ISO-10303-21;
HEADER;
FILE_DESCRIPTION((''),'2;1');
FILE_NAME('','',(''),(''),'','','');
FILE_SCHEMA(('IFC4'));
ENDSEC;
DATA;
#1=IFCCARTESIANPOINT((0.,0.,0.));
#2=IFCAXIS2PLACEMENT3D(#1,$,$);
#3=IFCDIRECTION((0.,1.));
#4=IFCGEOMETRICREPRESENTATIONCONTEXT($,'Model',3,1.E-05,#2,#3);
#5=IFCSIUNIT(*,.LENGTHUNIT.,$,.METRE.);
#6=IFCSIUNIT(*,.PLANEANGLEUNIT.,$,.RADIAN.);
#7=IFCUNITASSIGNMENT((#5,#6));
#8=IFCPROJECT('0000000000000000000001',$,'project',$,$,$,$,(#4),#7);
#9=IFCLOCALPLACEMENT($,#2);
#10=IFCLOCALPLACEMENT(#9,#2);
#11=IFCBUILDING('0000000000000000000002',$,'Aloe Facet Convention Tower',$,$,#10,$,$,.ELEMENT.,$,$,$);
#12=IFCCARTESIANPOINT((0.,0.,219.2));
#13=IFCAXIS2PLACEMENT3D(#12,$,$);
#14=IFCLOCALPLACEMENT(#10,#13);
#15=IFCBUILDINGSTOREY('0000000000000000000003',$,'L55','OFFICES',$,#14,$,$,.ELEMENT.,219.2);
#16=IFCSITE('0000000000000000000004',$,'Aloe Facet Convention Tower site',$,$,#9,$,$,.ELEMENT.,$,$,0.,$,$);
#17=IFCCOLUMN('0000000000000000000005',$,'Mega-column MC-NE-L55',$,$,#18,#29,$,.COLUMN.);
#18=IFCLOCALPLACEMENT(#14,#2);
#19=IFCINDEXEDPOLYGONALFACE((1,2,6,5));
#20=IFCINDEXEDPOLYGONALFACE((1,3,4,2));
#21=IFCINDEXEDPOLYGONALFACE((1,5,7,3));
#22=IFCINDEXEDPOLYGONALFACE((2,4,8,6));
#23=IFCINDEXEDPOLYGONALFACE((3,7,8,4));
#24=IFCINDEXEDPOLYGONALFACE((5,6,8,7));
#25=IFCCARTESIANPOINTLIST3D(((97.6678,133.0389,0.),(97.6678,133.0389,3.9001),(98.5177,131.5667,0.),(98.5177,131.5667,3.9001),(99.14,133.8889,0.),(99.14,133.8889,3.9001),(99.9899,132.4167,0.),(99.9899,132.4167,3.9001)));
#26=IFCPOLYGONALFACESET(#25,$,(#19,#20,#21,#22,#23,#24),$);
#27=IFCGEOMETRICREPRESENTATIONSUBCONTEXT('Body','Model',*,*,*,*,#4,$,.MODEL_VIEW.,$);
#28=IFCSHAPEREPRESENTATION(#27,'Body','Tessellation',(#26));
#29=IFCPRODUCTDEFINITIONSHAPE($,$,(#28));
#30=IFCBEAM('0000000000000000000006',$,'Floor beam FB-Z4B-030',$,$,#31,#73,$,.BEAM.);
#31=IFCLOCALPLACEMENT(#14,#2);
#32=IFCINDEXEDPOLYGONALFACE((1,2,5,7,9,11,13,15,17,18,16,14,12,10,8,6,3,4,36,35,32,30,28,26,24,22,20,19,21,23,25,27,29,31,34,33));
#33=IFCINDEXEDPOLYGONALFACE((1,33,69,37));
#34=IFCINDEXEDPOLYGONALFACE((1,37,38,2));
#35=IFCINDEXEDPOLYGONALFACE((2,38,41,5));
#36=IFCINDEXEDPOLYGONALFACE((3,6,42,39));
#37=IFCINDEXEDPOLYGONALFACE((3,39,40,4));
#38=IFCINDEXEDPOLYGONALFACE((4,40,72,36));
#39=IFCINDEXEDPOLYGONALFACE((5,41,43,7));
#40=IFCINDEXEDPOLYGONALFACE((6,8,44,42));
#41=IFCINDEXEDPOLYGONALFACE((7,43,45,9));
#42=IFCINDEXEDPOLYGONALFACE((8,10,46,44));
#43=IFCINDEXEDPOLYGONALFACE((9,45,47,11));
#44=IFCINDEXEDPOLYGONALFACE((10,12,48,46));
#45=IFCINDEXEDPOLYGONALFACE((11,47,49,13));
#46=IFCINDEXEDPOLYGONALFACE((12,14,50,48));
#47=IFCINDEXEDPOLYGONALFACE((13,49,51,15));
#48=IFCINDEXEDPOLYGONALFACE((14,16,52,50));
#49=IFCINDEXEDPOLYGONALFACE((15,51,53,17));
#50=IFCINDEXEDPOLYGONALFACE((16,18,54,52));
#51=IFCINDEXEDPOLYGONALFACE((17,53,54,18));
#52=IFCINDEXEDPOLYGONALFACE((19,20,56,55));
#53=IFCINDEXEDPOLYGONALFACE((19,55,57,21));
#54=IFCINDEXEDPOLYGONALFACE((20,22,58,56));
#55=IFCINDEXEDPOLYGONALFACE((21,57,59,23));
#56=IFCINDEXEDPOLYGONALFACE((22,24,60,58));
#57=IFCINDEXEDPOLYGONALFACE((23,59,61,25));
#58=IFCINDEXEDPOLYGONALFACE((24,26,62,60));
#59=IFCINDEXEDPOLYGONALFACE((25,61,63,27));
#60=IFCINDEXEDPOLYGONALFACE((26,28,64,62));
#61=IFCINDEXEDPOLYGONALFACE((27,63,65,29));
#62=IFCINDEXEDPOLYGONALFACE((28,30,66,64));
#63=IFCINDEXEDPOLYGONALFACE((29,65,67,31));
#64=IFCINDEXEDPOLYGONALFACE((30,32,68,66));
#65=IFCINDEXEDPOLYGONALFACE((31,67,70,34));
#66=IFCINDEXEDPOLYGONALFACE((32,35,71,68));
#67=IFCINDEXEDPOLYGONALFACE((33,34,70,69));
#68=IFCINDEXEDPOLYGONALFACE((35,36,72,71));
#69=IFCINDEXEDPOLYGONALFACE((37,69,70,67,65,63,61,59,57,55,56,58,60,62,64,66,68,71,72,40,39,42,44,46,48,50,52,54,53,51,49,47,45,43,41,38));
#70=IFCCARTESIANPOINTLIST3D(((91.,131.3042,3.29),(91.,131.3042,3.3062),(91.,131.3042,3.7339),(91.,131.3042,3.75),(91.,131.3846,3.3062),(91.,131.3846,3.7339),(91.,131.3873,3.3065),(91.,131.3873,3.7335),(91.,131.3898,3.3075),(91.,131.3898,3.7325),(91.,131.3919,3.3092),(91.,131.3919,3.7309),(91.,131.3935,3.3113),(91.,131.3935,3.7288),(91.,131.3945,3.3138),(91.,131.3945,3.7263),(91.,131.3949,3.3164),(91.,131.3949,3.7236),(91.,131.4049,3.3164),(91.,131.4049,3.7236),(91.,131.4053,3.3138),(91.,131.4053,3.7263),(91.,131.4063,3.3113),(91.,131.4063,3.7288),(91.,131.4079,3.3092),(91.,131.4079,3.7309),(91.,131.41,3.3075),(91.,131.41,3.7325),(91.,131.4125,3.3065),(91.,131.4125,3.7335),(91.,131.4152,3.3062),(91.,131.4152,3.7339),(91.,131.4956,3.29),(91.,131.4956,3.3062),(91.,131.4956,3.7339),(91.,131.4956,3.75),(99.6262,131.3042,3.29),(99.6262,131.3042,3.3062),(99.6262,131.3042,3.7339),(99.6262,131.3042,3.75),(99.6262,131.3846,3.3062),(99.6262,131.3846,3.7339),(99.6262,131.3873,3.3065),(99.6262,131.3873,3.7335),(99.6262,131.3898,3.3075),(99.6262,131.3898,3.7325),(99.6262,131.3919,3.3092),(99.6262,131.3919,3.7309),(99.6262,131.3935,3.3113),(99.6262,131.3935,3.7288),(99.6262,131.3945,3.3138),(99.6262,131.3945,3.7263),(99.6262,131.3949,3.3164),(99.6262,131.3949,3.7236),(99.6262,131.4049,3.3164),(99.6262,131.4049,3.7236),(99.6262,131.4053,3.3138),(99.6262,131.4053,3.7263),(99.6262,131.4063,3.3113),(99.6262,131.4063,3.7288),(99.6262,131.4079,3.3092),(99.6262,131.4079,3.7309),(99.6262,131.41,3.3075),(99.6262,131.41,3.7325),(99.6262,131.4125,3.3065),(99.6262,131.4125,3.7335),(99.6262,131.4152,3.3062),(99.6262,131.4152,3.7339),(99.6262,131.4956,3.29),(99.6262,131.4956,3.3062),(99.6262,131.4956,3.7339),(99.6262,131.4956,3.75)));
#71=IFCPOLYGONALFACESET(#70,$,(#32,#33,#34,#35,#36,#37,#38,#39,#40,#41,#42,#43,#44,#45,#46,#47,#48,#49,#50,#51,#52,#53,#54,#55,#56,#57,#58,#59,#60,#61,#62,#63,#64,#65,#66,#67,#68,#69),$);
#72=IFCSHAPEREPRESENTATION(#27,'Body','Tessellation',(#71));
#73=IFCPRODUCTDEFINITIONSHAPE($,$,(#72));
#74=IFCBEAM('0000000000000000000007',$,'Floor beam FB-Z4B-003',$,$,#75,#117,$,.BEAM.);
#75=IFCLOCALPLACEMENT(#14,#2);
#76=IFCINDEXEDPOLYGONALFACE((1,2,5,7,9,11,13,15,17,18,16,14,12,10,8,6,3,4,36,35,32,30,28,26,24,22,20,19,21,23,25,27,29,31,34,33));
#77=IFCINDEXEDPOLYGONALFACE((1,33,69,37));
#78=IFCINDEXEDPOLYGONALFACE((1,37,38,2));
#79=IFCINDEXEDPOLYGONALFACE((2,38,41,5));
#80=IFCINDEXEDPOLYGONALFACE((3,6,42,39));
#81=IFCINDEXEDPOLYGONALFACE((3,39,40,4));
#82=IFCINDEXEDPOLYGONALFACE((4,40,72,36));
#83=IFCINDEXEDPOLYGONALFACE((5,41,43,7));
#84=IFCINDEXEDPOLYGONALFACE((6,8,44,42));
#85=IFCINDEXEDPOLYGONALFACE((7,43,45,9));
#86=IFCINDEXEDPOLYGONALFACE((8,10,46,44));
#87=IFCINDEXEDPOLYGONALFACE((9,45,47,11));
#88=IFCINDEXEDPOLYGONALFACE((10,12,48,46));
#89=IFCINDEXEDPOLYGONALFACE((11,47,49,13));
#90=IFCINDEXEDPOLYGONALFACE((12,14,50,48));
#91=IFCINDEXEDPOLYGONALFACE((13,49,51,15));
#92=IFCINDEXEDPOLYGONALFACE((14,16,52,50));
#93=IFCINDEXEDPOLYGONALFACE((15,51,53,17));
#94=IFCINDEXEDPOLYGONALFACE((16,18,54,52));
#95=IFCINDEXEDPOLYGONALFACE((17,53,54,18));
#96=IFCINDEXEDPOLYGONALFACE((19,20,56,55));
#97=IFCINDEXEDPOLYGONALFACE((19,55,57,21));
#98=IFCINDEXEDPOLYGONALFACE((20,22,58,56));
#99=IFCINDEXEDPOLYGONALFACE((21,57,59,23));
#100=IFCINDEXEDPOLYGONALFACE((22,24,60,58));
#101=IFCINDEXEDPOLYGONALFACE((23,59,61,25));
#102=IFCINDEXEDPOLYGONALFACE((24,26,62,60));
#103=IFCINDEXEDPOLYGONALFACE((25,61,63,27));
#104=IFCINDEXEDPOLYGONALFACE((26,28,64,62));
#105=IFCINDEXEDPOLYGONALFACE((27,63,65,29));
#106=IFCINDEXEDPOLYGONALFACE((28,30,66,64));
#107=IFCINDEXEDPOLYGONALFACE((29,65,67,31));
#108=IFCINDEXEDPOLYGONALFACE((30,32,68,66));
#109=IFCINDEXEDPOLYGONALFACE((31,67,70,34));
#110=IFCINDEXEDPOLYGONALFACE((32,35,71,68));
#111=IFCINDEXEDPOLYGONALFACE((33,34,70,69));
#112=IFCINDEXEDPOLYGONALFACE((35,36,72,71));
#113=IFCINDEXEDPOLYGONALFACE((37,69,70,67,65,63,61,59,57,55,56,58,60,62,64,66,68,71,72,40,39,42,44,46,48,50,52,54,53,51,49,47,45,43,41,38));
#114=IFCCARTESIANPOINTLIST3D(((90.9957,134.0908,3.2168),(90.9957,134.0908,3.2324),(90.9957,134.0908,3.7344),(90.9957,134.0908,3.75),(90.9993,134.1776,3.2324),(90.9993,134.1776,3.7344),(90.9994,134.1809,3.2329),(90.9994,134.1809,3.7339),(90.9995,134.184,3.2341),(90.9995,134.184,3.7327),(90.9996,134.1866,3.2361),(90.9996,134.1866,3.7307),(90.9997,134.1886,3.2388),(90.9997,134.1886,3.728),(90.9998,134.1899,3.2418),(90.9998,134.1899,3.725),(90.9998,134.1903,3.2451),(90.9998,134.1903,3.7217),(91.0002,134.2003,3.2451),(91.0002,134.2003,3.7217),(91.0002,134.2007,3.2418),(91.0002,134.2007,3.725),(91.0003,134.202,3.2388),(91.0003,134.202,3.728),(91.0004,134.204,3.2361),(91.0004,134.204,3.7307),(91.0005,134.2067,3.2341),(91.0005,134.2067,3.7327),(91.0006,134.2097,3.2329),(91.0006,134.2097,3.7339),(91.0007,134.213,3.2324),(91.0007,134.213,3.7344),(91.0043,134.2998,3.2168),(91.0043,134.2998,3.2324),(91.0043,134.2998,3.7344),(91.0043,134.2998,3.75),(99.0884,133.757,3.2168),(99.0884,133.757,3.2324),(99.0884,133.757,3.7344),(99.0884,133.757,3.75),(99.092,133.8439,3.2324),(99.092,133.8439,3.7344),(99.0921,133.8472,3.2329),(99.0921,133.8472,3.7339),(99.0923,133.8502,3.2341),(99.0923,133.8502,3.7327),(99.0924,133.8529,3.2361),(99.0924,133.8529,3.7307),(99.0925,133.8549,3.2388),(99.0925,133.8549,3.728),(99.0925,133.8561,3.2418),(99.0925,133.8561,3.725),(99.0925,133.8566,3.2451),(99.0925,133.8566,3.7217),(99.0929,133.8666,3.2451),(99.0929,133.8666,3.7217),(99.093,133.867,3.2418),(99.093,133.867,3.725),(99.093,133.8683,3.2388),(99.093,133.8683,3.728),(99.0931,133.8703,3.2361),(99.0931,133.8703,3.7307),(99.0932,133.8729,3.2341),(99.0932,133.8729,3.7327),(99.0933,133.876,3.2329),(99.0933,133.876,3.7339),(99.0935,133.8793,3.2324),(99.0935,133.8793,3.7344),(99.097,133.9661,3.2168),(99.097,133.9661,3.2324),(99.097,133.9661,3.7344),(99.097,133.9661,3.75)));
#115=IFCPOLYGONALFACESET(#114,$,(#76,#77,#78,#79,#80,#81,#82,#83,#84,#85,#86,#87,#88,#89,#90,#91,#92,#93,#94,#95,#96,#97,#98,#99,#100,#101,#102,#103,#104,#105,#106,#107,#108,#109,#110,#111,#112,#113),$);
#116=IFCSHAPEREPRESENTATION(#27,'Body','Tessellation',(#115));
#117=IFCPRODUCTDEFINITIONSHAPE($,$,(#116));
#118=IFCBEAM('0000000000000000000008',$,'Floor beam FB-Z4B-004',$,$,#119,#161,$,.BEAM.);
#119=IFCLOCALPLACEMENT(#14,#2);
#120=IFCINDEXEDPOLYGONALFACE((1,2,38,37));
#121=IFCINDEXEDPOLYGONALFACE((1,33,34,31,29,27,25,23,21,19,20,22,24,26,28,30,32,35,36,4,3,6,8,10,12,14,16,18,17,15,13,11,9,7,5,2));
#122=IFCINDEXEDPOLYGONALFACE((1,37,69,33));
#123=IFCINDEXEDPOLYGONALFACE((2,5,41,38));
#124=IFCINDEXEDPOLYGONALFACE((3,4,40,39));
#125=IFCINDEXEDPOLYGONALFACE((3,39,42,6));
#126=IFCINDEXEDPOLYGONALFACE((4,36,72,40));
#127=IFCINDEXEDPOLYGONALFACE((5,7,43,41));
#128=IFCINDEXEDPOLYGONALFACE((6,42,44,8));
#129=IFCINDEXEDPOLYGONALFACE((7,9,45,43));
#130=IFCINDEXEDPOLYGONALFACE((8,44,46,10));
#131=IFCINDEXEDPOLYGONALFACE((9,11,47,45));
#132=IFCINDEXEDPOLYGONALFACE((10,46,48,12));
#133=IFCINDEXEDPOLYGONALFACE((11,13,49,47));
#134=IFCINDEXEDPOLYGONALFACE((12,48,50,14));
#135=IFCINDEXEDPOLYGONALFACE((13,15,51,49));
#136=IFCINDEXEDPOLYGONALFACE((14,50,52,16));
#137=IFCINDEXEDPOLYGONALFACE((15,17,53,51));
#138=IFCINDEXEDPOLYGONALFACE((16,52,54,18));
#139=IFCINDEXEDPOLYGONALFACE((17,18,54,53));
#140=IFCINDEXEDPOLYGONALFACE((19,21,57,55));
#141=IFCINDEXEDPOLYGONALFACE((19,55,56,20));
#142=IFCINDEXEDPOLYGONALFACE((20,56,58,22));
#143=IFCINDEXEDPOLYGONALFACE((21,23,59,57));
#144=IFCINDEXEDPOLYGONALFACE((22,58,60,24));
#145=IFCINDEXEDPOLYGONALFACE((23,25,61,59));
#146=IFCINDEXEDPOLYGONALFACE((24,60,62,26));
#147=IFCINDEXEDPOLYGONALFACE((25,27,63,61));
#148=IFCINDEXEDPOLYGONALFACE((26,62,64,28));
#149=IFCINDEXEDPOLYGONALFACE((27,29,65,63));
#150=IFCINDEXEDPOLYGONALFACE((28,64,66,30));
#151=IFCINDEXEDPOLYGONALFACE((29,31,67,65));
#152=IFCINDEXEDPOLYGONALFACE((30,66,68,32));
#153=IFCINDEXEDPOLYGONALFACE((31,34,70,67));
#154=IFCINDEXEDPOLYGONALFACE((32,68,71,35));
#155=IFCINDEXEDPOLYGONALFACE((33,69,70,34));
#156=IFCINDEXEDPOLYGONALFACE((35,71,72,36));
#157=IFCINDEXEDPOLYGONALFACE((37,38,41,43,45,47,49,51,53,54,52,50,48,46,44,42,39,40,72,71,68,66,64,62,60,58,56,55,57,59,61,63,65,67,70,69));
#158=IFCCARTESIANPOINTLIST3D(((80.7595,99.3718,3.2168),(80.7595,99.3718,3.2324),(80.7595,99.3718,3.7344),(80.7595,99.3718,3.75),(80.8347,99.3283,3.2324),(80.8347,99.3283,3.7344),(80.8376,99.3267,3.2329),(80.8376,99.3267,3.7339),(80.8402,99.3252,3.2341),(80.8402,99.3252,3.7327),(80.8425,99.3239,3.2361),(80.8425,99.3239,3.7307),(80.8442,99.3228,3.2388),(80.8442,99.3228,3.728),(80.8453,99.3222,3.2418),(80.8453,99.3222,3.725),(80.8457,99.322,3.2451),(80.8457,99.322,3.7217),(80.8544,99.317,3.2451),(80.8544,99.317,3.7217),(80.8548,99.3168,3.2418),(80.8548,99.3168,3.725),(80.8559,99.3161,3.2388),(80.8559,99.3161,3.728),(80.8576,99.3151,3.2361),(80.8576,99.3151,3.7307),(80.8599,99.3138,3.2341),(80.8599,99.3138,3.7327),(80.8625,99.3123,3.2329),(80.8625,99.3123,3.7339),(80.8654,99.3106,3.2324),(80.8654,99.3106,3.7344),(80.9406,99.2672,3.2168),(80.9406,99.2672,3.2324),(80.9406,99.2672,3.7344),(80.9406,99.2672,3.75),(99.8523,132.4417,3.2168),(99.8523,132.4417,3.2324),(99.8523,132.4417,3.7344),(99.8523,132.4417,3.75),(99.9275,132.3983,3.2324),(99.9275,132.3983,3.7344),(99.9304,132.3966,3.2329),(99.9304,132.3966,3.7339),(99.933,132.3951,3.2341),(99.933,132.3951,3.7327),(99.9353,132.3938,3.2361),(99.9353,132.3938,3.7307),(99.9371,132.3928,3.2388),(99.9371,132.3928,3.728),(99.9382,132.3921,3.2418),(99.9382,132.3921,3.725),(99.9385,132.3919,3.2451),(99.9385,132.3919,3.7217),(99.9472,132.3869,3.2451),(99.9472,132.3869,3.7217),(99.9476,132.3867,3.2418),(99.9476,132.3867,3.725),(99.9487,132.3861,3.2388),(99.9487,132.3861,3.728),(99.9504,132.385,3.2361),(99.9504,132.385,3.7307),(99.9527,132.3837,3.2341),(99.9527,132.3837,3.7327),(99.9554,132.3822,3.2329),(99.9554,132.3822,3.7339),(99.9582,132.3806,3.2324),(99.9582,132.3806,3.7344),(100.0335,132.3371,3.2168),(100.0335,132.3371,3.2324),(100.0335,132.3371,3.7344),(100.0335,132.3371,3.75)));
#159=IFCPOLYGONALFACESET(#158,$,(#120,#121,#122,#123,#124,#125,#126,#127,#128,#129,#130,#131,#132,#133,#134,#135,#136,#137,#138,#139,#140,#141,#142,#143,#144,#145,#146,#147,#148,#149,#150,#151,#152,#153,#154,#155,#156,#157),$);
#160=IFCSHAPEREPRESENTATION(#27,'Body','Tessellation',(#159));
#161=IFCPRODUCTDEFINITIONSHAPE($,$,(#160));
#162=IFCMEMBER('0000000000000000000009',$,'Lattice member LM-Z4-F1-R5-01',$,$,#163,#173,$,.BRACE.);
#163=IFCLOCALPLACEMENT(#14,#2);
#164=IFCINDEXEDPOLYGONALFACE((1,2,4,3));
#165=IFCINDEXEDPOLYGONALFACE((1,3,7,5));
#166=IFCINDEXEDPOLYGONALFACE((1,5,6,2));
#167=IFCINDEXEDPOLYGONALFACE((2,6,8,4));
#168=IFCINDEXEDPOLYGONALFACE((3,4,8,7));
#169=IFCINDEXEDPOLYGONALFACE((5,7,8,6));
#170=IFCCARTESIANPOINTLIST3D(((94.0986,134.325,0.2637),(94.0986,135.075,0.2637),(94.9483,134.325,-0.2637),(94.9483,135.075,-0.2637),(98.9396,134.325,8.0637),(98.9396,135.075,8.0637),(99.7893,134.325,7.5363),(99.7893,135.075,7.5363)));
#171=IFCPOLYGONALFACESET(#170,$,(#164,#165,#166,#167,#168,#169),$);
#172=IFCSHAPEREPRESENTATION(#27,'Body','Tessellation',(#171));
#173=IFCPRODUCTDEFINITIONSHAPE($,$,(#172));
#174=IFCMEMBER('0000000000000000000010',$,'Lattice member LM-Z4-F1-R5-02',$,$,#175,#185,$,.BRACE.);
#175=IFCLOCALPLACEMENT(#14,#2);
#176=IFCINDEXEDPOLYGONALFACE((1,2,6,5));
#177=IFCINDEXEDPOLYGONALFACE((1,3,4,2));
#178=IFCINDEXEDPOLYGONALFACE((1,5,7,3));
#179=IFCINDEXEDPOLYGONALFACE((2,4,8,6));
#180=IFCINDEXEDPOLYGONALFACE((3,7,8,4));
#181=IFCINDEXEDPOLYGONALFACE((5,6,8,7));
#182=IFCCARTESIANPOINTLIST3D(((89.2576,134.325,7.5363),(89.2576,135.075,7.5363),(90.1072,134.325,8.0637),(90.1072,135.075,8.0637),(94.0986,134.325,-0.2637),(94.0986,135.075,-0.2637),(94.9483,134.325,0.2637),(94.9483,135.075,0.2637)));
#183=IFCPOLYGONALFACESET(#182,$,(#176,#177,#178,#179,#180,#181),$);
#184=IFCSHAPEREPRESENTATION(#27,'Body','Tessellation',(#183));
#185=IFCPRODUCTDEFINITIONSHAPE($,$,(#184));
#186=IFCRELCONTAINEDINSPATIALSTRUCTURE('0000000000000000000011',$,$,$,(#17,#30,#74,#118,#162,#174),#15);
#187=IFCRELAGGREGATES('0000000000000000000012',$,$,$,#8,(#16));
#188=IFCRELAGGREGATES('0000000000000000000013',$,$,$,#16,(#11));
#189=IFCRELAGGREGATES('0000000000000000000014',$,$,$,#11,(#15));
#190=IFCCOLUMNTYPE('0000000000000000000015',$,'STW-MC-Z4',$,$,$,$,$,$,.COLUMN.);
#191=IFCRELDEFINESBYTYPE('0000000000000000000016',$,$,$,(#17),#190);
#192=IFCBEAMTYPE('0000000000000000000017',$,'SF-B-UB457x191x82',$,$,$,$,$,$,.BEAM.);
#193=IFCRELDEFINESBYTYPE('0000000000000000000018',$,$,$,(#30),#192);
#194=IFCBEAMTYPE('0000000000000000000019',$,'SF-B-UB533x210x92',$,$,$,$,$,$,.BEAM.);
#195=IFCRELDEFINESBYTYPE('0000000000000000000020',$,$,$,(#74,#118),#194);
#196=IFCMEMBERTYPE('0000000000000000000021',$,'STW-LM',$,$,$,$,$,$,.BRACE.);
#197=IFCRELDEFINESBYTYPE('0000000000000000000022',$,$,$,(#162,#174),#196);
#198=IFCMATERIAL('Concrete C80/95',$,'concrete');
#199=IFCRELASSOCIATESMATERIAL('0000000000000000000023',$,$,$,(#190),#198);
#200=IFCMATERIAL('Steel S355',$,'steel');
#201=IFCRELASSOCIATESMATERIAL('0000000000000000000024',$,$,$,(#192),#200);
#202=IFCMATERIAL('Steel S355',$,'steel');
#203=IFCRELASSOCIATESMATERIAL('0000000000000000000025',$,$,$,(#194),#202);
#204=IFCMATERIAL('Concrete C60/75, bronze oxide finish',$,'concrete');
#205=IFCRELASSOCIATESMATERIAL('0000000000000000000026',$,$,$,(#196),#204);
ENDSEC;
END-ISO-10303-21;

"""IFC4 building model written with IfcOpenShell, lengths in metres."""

from ifc_helpers import new_model, si_unit, direction, frame, origin, origin_2d, place, context, subcontext, project, spatial, rectangle, i_section, extrude, material, material_profile, profile_set, type_object, element, save


model = new_model("IFC4")

# Units and contexts
model_context = context("Model", 3, precision=1e-05, world=origin(), true_north=direction((0.0, 1.0)))
body_context = subcontext(model_context, "Body", "Model", "MODEL_VIEW")
ifc_project = project(units=[si_unit("LENGTHUNIT", "METRE"), si_unit("PLANEANGLEUNIT", "RADIAN")], contexts=[model_context])

# Site, building, storey
site_placement = place(None, origin())
site = spatial("IfcSite", under=ifc_project, at=site_placement, Name="Aloe Facet Convention Tower site", CompositionType="ELEMENT", RefElevation=0.0)
building_placement = place(site_placement, origin())
building = spatial("IfcBuilding", under=site, at=building_placement, Name="Aloe Facet Convention Tower", CompositionType="ELEMENT")
storey_placement = place(building_placement, frame((0.0, 0.0, 219.2)))
storey = spatial("IfcBuildingStorey", under=building, at=storey_placement, Name="L55", Description="OFFICES", CompositionType="ELEMENT", Elevation=219.2)

# Column
ifc_material_1 = material(Name="Concrete C80/95", Category="concrete")
ifc_material_profile_1 = material_profile(ifc_material_1, rectangle(XDim=1.7, YDim=1.7, at=origin_2d()), Name="STW-MC-Z4")
ifc_profile_set_1 = profile_set([ifc_material_profile_1], Name="Concrete C80/95")
column_type = type_object("IfcColumnType", Name="STW-MC-Z4", PredefinedType="COLUMN", material=ifc_profile_set_1)
column_placement = place(storey_placement, frame((98.8289, 132.7278, 0.0), z_axis=(0.0, 0.0, 1.0), x_axis=(-0.5, 0.866025, 0.0)))
element("IfcColumn", 1, at=column_placement, inside=storey, type_object=column_type, Name="Mega-column MC-NE-L55", PredefinedType="COLUMN", context=body_context, shape_type="SweptSolid", body=[
    extrude(rectangle(XDim=1.7, YDim=1.7, at=origin_2d()), origin(), (0.0, 0.0, 1.0), 3.9001),
])

# Beams
ifc_material_2 = material(Name="Steel S355", Category="steel")
ifc_material_profile_2 = material_profile(ifc_material_2, i_section(OverallWidth=0.1914, OverallDepth=0.46, WebThickness=0.01, FlangeThickness=0.0161, FilletRadius=0.0103, at=origin_2d()), Name="UB 457x191x82")
ifc_profile_set_2 = profile_set([ifc_material_profile_2], Name="Steel S355")
beam_type_1 = type_object("IfcBeamType", Name="SF-B-UB457x191x82", PredefinedType="BEAM", material=ifc_profile_set_2)
beam_1_placement = place(storey_placement, frame((91.0, 131.3999, 3.52), z_axis=(1.0, 0.0, 0.0), x_axis=(0.0, 1.0, 0.0)))
element("IfcBeam", 2, at=beam_1_placement, inside=storey, type_object=beam_type_1, Name="Floor beam FB-Z4B-030", PredefinedType="BEAM", context=body_context, shape_type="SweptSolid", body=[
    extrude(i_section(OverallWidth=0.1914, OverallDepth=0.46, WebThickness=0.01, FlangeThickness=0.0161, FilletRadius=0.0103, at=origin_2d()), origin(), (0.0, 0.0, 1.0), 8.6262),
])
ifc_material_3 = material(Name="Steel S355", Category="steel")
ifc_material_profile_3 = material_profile(ifc_material_3, i_section(OverallWidth=0.2092, OverallDepth=0.5332, WebThickness=0.01, FlangeThickness=0.0156, FilletRadius=0.0127, at=origin_2d()), Name="UB 533x210x92")
ifc_profile_set_3 = profile_set([ifc_material_profile_3], Name="Steel S355")
beam_type_2 = type_object("IfcBeamType", Name="SF-B-UB533x210x92", PredefinedType="BEAM", material=ifc_profile_set_3)
beam_2_placement = place(storey_placement, frame((91.0, 134.1953, 3.4834), z_axis=(0.999151, -0.041204, 0.0), x_axis=(0.041204, 0.999151, 0.0)))
element("IfcBeam", 3, at=beam_2_placement, inside=storey, type_object=beam_type_2, Name="Floor beam FB-Z4B-003", PredefinedType="BEAM", context=body_context, shape_type="SweptSolid", body=[
    extrude(i_section(OverallWidth=0.2092, OverallDepth=0.5332, WebThickness=0.01, FlangeThickness=0.0156, FilletRadius=0.0127, at=origin_2d()), origin(), (0.0, 0.0, 1.0), 8.0996),
])
beam_3_placement = place(storey_placement, frame((99.9429, 132.3894, 3.4834), z_axis=(-0.499998, -0.866027, 0.0), x_axis=(0.866027, -0.499998, 0.0)))
element("IfcBeam", 4, at=beam_3_placement, inside=storey, type_object=beam_type_2, Name="Floor beam FB-Z4B-004", PredefinedType="BEAM", context=body_context, shape_type="SweptSolid", body=[
    extrude(i_section(OverallWidth=0.2092, OverallDepth=0.5332, WebThickness=0.01, FlangeThickness=0.0156, FilletRadius=0.0127, at=origin_2d()), origin(), (0.0, 0.0, 1.0), 38.1858),
])

# Members
ifc_material_4 = material(Name="Concrete C60/75, bronze oxide finish", Category="concrete")
ifc_material_profile_4 = material_profile(ifc_material_4, rectangle(XDim=0.75, YDim=1.0, at=origin_2d()), Name="STW-LM")
ifc_profile_set_4 = profile_set([ifc_material_profile_4], Name="Concrete C60/75, bronze oxide finish")
member_type = type_object("IfcMemberType", Name="STW-LM", PredefinedType="BRACE", material=ifc_profile_set_4)
for number, where, z_axis, x_axis, name in (
    (5, (94.5234, 134.7, 0.0), (0.527336, 0.0, 0.849657), (0.0, 1.0, 0.0), "Lattice member LM-Z4-F1-R5-01"),
    (6, (94.5234, 134.7, 0.0), (-0.527336, 0.0, 0.849657), (0.0, -1.0, 0.0), "Lattice member LM-Z4-F1-R5-02"),
):
    element("IfcMember", number, at=place(storey_placement, frame(where, z_axis=z_axis, x_axis=x_axis)), inside=storey, type_object=member_type, Name=name, PredefinedType="BRACE", context=body_context, shape_type="SweptSolid", body=[
        extrude(rectangle(XDim=0.75, YDim=1.0, at=origin_2d()), origin(), (0.0, 0.0, 1.0), 9.1802),
    ])

save(model, "model.ifc")
